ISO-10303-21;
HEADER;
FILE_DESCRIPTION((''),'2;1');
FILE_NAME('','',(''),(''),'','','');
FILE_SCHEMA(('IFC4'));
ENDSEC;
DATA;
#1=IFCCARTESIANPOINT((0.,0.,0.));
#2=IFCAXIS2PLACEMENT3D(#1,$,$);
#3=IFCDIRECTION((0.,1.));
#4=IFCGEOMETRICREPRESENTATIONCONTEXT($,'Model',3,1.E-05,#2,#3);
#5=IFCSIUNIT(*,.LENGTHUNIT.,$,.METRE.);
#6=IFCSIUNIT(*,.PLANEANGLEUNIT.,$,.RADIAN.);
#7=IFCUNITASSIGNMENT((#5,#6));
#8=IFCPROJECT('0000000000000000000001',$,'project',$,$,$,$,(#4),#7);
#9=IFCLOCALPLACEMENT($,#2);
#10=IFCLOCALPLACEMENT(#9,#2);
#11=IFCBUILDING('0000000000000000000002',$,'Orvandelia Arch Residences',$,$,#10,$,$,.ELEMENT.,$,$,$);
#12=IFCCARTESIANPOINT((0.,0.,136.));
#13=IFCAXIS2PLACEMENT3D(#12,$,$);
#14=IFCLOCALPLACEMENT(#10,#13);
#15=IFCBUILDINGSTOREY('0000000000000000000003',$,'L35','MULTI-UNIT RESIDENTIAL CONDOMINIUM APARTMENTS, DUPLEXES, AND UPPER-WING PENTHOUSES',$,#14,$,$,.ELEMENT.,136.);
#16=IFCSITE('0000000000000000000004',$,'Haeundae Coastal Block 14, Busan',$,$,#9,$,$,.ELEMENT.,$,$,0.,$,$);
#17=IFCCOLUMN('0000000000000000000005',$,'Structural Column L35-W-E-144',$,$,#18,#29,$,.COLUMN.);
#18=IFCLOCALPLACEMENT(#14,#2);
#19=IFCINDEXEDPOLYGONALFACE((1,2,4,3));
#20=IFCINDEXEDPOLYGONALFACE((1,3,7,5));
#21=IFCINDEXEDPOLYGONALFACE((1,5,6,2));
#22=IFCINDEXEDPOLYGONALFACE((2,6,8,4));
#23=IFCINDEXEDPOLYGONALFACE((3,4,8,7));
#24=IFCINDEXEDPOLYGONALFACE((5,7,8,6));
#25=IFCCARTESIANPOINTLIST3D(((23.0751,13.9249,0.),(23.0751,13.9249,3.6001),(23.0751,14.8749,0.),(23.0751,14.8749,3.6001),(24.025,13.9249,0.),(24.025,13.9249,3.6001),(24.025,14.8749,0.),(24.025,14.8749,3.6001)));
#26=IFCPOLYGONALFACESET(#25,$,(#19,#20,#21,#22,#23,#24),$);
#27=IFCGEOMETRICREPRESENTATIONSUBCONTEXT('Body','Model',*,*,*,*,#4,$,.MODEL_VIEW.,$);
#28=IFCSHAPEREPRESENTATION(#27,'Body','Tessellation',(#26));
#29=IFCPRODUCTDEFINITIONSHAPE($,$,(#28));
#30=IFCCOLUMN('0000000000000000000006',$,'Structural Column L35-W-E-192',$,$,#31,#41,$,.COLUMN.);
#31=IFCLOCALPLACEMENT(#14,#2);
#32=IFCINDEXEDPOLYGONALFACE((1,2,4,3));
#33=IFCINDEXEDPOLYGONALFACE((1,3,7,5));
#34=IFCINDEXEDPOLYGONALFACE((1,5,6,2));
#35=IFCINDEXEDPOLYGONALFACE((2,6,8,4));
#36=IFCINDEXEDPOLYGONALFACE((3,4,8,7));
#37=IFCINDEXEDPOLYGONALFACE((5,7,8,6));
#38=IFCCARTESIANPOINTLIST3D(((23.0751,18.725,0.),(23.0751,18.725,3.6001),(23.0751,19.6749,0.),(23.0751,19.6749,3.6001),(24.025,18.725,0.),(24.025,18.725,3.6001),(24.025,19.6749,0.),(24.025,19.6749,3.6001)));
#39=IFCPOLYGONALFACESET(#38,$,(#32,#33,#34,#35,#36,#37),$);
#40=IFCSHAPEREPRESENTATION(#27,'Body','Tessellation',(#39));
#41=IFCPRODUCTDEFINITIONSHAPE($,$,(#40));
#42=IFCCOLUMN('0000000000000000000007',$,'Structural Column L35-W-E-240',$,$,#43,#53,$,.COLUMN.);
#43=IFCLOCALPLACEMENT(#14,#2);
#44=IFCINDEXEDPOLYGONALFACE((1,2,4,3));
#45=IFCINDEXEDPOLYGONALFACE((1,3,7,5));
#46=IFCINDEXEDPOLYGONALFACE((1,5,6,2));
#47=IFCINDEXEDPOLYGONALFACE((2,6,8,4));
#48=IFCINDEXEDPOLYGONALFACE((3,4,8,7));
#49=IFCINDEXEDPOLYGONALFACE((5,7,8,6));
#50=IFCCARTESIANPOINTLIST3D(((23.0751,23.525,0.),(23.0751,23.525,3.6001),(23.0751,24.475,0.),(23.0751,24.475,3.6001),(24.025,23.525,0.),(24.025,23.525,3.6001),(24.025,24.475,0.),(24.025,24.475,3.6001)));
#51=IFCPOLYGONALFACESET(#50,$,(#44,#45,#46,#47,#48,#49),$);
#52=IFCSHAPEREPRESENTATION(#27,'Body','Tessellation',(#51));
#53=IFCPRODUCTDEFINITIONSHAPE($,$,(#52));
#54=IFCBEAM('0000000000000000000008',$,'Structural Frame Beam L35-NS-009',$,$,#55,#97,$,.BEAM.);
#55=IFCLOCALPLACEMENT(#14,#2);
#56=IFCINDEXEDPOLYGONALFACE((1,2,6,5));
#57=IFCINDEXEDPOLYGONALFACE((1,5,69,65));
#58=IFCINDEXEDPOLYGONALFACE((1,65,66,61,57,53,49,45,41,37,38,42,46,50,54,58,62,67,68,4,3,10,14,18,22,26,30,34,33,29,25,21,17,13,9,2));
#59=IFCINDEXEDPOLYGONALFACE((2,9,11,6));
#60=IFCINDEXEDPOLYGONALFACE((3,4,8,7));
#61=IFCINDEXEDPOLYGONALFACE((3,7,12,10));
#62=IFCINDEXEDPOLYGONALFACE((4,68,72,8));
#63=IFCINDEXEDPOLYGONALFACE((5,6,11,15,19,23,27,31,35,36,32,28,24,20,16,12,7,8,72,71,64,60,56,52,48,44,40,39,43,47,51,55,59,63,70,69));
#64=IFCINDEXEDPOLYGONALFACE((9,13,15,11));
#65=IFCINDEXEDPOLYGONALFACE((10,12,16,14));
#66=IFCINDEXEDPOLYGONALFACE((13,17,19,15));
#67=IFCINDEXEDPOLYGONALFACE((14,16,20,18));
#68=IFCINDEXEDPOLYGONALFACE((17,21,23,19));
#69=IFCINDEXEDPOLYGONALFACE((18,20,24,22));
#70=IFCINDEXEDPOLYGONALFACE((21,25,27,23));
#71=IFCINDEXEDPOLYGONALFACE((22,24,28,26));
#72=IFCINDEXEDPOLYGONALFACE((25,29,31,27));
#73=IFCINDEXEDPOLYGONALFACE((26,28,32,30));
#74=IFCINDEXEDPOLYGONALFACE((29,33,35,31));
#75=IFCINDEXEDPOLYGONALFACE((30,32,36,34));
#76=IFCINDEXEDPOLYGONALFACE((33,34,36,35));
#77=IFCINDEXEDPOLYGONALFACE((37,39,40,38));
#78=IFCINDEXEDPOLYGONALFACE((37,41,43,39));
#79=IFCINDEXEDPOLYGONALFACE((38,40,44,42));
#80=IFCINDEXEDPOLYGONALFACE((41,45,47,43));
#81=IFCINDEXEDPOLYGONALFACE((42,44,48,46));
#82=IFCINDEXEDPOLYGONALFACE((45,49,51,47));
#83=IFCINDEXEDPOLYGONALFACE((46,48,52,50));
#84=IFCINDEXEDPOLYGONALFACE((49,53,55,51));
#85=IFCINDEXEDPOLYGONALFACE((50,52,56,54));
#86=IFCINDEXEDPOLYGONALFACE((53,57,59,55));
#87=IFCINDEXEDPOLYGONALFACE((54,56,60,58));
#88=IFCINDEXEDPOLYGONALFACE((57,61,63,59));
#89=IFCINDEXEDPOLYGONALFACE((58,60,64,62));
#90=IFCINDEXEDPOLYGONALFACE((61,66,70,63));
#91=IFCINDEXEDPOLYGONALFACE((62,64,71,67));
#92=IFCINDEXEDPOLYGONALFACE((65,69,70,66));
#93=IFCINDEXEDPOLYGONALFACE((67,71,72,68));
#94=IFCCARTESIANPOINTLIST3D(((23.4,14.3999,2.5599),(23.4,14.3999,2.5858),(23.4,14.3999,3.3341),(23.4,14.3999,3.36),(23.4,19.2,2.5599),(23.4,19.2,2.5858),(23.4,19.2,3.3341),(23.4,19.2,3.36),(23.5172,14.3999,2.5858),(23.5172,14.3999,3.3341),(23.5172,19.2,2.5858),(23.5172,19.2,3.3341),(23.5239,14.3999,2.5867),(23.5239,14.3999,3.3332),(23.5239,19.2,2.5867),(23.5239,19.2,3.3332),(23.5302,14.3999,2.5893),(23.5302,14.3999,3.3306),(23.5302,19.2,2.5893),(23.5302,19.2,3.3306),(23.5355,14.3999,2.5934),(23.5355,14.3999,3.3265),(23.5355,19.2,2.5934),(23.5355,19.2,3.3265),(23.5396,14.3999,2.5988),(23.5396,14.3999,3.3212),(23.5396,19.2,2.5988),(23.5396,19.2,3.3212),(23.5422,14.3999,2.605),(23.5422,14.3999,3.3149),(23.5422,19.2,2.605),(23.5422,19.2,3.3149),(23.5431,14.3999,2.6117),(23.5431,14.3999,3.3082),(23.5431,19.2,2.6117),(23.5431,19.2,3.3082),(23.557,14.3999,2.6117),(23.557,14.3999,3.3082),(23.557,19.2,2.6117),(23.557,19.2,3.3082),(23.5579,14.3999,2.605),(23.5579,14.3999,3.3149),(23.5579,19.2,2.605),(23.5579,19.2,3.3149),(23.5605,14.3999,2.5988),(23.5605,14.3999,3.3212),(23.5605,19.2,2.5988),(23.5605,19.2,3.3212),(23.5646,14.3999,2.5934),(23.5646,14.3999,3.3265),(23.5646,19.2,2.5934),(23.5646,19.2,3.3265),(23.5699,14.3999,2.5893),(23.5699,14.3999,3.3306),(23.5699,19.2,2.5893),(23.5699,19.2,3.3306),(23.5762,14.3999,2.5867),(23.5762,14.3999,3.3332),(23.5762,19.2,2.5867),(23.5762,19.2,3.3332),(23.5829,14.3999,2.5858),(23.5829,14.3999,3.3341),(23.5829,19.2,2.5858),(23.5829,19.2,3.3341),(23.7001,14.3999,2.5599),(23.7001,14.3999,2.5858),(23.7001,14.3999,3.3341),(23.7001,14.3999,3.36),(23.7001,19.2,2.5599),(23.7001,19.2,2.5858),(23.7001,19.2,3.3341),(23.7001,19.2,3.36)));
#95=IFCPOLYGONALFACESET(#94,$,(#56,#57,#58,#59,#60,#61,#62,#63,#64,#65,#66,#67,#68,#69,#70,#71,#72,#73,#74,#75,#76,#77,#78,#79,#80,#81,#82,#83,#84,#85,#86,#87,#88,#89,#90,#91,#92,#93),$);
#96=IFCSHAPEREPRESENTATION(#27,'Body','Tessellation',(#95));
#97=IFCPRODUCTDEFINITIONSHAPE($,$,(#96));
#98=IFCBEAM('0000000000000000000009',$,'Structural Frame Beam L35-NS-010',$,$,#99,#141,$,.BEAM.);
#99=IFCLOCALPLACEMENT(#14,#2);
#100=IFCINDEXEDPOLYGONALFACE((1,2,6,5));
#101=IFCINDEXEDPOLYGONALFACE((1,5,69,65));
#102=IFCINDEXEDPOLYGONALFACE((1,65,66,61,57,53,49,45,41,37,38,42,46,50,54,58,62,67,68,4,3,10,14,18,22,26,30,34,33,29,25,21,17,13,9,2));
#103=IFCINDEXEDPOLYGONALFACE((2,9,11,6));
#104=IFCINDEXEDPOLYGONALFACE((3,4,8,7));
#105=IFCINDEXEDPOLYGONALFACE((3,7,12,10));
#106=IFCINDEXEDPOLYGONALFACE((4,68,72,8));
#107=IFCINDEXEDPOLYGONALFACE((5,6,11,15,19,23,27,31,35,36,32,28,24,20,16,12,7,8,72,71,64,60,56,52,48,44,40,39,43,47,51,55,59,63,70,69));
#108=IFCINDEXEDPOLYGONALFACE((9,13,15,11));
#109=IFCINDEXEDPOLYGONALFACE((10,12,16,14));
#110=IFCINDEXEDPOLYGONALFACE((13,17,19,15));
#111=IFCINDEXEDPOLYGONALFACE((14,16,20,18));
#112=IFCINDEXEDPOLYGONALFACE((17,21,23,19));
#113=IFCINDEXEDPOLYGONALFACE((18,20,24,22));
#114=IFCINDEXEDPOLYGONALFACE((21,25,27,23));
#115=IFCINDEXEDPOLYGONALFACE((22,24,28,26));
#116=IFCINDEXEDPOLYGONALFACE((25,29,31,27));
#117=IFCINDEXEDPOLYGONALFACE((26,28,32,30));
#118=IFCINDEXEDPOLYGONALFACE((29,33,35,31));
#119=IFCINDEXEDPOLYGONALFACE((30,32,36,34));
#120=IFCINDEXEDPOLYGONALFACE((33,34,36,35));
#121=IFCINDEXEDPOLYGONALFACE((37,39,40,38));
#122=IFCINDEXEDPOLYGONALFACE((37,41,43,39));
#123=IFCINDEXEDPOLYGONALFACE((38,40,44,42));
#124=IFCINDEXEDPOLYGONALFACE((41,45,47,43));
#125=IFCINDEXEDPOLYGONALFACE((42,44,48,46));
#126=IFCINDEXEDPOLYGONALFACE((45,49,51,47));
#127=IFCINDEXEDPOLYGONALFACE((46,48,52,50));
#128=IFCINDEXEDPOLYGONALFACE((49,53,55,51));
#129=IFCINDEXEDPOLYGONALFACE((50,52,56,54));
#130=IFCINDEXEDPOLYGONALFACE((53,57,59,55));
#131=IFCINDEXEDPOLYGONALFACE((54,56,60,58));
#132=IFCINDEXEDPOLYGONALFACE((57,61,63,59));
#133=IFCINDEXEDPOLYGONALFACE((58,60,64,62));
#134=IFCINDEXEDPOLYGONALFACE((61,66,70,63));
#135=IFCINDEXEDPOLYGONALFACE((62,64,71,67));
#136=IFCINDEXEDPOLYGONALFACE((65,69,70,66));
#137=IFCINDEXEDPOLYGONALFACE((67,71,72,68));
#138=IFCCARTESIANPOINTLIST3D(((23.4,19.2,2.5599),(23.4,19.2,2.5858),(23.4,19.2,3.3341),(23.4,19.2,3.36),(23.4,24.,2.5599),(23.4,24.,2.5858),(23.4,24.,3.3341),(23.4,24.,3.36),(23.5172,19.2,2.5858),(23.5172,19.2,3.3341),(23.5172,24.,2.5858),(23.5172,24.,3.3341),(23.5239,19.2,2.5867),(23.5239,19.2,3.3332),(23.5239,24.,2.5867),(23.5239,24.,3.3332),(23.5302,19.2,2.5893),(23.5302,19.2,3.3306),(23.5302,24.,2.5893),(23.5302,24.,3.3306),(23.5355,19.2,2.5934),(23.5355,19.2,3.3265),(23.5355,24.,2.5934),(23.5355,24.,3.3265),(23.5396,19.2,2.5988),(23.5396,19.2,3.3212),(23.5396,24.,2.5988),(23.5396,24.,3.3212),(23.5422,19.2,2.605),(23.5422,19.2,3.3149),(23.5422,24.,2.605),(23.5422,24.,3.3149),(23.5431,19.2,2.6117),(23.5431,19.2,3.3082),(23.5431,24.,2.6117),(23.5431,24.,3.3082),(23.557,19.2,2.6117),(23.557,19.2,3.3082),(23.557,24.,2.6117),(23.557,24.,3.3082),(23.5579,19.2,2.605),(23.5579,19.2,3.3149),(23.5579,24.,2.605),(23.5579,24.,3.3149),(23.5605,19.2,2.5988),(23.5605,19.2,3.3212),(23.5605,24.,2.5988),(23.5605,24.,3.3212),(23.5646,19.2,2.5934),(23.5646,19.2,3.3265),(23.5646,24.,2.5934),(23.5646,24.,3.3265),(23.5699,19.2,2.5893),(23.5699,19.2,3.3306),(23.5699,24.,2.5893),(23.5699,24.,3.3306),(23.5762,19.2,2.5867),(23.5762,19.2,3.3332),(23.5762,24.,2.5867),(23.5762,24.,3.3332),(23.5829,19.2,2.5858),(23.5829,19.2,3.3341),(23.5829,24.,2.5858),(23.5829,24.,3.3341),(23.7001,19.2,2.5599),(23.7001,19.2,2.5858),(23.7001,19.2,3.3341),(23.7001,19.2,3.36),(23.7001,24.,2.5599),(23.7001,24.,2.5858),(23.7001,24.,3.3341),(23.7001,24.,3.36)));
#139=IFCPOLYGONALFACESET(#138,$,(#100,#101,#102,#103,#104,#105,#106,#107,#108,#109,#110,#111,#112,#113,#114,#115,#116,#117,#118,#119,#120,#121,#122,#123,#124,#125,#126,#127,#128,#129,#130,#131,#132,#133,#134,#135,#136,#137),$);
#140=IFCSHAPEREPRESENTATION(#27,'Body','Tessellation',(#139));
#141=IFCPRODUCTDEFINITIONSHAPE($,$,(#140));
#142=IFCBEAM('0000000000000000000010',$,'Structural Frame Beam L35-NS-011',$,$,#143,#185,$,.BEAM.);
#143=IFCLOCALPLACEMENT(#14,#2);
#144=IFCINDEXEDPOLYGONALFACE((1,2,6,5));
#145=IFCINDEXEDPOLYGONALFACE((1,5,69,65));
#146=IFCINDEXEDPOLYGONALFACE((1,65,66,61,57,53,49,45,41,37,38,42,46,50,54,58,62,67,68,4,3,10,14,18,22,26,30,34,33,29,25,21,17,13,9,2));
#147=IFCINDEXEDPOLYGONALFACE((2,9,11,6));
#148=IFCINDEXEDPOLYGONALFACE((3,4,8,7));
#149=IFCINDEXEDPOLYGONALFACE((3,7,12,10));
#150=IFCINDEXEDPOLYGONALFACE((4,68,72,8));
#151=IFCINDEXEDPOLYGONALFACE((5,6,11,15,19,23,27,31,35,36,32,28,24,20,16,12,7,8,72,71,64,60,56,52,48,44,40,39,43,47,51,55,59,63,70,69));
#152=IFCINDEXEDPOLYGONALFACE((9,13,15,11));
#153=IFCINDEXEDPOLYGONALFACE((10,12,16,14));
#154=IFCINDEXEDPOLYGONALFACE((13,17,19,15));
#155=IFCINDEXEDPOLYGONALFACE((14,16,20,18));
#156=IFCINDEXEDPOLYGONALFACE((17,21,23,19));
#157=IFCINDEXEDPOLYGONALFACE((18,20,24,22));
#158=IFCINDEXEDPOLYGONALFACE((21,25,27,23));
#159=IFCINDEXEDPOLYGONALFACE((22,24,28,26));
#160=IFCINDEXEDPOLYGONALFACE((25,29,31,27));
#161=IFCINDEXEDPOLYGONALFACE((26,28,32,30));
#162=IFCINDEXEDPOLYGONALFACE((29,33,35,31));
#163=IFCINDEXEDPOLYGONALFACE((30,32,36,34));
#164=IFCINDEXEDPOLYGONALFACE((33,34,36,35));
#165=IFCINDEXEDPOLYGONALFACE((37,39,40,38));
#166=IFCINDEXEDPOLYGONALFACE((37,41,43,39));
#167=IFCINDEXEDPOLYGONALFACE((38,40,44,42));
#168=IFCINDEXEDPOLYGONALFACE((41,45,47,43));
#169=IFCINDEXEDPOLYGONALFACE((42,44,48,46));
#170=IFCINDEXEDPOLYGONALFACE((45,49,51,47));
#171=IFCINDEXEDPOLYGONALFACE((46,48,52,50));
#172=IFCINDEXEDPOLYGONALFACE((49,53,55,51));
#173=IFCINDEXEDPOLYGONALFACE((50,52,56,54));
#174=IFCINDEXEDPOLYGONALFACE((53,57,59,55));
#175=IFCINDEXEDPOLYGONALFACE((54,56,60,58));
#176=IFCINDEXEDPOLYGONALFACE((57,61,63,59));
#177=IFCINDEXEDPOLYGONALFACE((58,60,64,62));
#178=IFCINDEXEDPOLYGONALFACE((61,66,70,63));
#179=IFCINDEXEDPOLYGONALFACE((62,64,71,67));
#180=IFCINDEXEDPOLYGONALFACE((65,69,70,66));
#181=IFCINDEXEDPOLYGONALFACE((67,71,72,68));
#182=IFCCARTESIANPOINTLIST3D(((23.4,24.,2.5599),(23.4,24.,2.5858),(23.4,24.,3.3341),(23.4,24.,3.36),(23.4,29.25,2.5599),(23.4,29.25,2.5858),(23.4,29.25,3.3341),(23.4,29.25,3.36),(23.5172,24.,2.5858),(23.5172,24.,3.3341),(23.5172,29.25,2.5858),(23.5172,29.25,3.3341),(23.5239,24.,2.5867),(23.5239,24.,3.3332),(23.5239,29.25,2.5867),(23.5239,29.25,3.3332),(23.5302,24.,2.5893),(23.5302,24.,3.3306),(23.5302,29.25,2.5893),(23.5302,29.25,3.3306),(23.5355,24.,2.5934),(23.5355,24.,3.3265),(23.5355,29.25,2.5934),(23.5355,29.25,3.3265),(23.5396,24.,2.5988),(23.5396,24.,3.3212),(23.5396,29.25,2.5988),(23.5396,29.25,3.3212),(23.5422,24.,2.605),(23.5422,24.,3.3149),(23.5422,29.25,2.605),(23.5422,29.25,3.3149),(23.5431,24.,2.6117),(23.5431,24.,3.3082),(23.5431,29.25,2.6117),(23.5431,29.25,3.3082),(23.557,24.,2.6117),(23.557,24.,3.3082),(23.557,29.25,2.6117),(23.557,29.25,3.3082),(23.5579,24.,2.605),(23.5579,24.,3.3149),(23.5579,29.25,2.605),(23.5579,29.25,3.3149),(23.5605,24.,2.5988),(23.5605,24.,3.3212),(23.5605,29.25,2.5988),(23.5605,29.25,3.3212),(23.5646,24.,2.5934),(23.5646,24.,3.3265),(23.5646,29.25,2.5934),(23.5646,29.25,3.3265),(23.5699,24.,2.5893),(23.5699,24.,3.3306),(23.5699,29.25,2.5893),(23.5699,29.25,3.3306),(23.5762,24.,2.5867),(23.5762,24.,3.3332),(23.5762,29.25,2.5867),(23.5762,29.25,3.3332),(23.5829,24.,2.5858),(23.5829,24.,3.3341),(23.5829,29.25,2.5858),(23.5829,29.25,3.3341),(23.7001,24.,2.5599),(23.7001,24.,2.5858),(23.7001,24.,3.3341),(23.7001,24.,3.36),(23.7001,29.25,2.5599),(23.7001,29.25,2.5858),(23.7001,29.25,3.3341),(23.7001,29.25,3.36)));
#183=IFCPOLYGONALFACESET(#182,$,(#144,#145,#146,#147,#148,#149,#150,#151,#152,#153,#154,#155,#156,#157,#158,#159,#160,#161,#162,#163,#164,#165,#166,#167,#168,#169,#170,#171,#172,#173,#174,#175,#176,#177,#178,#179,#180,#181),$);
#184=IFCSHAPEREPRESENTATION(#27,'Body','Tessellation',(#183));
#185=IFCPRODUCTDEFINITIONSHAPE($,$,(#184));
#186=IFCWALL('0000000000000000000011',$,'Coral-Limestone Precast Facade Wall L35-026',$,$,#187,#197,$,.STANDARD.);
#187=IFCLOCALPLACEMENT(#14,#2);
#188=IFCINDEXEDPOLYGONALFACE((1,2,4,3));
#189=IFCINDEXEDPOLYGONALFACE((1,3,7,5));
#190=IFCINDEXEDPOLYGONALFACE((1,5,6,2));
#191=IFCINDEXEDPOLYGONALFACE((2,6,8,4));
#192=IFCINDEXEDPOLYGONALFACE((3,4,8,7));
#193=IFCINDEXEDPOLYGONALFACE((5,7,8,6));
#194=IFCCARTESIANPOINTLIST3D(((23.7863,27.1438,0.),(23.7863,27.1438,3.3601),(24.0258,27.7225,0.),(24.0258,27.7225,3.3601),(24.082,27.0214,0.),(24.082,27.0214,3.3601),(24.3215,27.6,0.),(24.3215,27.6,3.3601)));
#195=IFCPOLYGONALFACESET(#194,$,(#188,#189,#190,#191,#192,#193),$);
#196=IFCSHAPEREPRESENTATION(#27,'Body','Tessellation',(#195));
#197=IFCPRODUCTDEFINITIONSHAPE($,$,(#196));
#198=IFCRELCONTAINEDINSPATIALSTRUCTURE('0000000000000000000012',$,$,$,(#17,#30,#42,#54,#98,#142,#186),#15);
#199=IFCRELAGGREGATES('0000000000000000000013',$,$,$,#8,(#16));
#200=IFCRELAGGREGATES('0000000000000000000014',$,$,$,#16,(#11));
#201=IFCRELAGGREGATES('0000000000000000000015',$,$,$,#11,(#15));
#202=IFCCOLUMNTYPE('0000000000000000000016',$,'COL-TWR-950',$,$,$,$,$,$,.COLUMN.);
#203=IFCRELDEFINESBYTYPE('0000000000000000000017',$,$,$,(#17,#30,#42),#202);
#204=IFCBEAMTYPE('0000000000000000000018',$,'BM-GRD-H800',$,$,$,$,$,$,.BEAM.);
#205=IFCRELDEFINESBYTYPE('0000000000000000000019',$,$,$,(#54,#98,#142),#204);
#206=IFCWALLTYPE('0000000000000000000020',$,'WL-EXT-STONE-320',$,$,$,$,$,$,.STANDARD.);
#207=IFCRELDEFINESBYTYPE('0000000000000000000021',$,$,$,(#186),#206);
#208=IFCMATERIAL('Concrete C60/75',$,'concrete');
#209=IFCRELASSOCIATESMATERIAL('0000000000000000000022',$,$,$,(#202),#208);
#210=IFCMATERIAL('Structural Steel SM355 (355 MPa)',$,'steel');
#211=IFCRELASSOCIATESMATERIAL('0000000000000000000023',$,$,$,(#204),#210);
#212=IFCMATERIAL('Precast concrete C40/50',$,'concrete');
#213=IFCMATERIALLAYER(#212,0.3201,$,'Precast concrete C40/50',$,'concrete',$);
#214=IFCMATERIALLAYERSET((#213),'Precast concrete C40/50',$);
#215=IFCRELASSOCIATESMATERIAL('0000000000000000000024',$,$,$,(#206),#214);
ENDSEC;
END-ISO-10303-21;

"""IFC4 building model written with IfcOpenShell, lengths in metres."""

from ifc_helpers import new_model, si_unit, direction, frame, frame_2d, origin, origin_2d, place, context, subcontext, project, spatial, rectangle, i_section, extrude, material, layer, layer_set, material_profile, profile_set, type_object, element, save


model = new_model("IFC4")

# Units and contexts
model_context = context("Model", 3, precision=1e-05, world=origin(), true_north=direction((0.0, 1.0)))
body_context = subcontext(model_context, "Body", "Model", "MODEL_VIEW")
ifc_project = project(units=[si_unit("LENGTHUNIT", "METRE"), si_unit("PLANEANGLEUNIT", "RADIAN")], contexts=[model_context])

# Site, building, storey
site_placement = place(None, origin())
site = spatial("IfcSite", under=ifc_project, at=site_placement, Name="Haeundae Coastal Block 14, Busan", CompositionType="ELEMENT", RefElevation=0.0)
building_placement = place(site_placement, origin())
building = spatial("IfcBuilding", under=site, at=building_placement, Name="Orvandelia Arch Residences", CompositionType="ELEMENT")
storey_placement = place(building_placement, frame((0.0, 0.0, 136.0)))
storey = spatial("IfcBuildingStorey", under=building, at=storey_placement, Name="L35", Description="MULTI-UNIT RESIDENTIAL CONDOMINIUM APARTMENTS, DUPLEXES, AND UPPER-WING PENTHOUSES", CompositionType="ELEMENT", Elevation=136.0)

# Columns
ifc_material_1 = material(Name="Concrete C60/75", Category="concrete")
ifc_material_profile_1 = material_profile(ifc_material_1, rectangle(XDim=0.95, YDim=0.95, at=origin_2d()), Name="Concrete C60/75", Category="concrete")
ifc_profile_set_1 = profile_set([ifc_material_profile_1], Name="Concrete C60/75")
column_type = type_object("IfcColumnType", Name="COL-TWR-950", PredefinedType="COLUMN", material=ifc_profile_set_1)
for number, where, z_axis, x_axis, name in (
    (1, (23.55, 14.3999, 0.0), (0.0, 0.0, 1.0), (1.0, 0.0, 0.0), "Structural Column L35-W-E-144"),
    (2, (23.55, 19.2, 0.0), (0.0, 0.0, 1.0), (1.0, 0.0, 0.0), "Structural Column L35-W-E-192"),
    (3, (23.55, 24.0, 0.0), (0.0, 0.0, 1.0), (1.0, 0.0, 0.0), "Structural Column L35-W-E-240"),
):
    element("IfcColumn", number, at=place(storey_placement, frame(where, z_axis=z_axis, x_axis=x_axis)), inside=storey, type_object=column_type, Name=name, PredefinedType="COLUMN", context=body_context, shape_type="SweptSolid", body=[
        extrude(rectangle(XDim=0.95, YDim=0.95, at=origin_2d()), origin(), (0.0, 0.0, 1.0), 3.6001),
    ])

# Beams
ifc_material_2 = material(Name="Structural Steel SM355 (355 MPa)", Category="steel")
ifc_material_profile_2 = material_profile(ifc_material_2, i_section(OverallWidth=0.3, OverallDepth=0.8, WebThickness=0.0139, FlangeThickness=0.0259, FilletRadius=0.0259, at=origin_2d()), Name="Structural Steel SM355 (355 MPa)", Category="steel")
ifc_profile_set_2 = profile_set([ifc_material_profile_2], Name="Structural Steel SM355 (355 MPa)")
beam_type = type_object("IfcBeamType", Name="BM-GRD-H800", PredefinedType="BEAM", material=ifc_profile_set_2)
for number, where, z_axis, x_axis, name in (
    (4, (23.55, 14.3999, 2.96), (0.0, 1.0, 0.0), (-1.0, 0.0, 0.0), "Structural Frame Beam L35-NS-009"),
    (5, (23.55, 19.2, 2.96), (0.0, 1.0, 0.0), (-1.0, 0.0, 0.0), "Structural Frame Beam L35-NS-010"),
):
    element("IfcBeam", number, at=place(storey_placement, frame(where, z_axis=z_axis, x_axis=x_axis)), inside=storey, type_object=beam_type, Name=name, PredefinedType="BEAM", context=body_context, shape_type="SweptSolid", body=[
        extrude(i_section(OverallWidth=0.3, OverallDepth=0.8, WebThickness=0.0139, FlangeThickness=0.0259, FilletRadius=0.0259, at=origin_2d()), origin(), (0.0, 0.0, 1.0), 4.8),
    ])
beam_placement = place(storey_placement, frame((23.55, 24.0, 2.96), z_axis=(0.0, 1.0, 0.0), x_axis=(-1.0, 0.0, 0.0)))
element("IfcBeam", 6, at=beam_placement, inside=storey, type_object=beam_type, Name="Structural Frame Beam L35-NS-011", PredefinedType="BEAM", context=body_context, shape_type="SweptSolid", body=[
    extrude(i_section(OverallWidth=0.3, OverallDepth=0.8, WebThickness=0.0139, FlangeThickness=0.0259, FilletRadius=0.0259, at=origin_2d()), origin(), (0.0, 0.0, 1.0), 5.25),
])

# Wall
ifc_material_3 = material(Name="Precast concrete C40/50", Category="concrete")
ifc_layer = layer(ifc_material_3, 0.3201, Name="Precast concrete C40/50", Category="concrete")
ifc_layer_set = layer_set([ifc_layer], Name="Precast concrete C40/50")
wall_type = type_object("IfcWallType", Name="WL-EXT-STONE-320", PredefinedType="STANDARD", material=ifc_layer_set)
wall_1_placement = place(storey_placement, frame((24.1736, 27.6611, 0.0), z_axis=(0.0, 0.0, 1.0), x_axis=(-0.382455, -0.923974, 0.0)))
element("IfcWall", 7, at=wall_1_placement, inside=storey, type_object=wall_type, Name="Coral-Limestone Precast Facade Wall L35-026", PredefinedType="STANDARD", context=body_context, shape_type="SweptSolid", body=[
    extrude(rectangle(XDim=0.6262, YDim=0.3201, at=frame_2d((0.313, 0.0))), origin(), (0.0, 0.0, 1.0), 3.3601),
])

save(model, "model.ifc")
